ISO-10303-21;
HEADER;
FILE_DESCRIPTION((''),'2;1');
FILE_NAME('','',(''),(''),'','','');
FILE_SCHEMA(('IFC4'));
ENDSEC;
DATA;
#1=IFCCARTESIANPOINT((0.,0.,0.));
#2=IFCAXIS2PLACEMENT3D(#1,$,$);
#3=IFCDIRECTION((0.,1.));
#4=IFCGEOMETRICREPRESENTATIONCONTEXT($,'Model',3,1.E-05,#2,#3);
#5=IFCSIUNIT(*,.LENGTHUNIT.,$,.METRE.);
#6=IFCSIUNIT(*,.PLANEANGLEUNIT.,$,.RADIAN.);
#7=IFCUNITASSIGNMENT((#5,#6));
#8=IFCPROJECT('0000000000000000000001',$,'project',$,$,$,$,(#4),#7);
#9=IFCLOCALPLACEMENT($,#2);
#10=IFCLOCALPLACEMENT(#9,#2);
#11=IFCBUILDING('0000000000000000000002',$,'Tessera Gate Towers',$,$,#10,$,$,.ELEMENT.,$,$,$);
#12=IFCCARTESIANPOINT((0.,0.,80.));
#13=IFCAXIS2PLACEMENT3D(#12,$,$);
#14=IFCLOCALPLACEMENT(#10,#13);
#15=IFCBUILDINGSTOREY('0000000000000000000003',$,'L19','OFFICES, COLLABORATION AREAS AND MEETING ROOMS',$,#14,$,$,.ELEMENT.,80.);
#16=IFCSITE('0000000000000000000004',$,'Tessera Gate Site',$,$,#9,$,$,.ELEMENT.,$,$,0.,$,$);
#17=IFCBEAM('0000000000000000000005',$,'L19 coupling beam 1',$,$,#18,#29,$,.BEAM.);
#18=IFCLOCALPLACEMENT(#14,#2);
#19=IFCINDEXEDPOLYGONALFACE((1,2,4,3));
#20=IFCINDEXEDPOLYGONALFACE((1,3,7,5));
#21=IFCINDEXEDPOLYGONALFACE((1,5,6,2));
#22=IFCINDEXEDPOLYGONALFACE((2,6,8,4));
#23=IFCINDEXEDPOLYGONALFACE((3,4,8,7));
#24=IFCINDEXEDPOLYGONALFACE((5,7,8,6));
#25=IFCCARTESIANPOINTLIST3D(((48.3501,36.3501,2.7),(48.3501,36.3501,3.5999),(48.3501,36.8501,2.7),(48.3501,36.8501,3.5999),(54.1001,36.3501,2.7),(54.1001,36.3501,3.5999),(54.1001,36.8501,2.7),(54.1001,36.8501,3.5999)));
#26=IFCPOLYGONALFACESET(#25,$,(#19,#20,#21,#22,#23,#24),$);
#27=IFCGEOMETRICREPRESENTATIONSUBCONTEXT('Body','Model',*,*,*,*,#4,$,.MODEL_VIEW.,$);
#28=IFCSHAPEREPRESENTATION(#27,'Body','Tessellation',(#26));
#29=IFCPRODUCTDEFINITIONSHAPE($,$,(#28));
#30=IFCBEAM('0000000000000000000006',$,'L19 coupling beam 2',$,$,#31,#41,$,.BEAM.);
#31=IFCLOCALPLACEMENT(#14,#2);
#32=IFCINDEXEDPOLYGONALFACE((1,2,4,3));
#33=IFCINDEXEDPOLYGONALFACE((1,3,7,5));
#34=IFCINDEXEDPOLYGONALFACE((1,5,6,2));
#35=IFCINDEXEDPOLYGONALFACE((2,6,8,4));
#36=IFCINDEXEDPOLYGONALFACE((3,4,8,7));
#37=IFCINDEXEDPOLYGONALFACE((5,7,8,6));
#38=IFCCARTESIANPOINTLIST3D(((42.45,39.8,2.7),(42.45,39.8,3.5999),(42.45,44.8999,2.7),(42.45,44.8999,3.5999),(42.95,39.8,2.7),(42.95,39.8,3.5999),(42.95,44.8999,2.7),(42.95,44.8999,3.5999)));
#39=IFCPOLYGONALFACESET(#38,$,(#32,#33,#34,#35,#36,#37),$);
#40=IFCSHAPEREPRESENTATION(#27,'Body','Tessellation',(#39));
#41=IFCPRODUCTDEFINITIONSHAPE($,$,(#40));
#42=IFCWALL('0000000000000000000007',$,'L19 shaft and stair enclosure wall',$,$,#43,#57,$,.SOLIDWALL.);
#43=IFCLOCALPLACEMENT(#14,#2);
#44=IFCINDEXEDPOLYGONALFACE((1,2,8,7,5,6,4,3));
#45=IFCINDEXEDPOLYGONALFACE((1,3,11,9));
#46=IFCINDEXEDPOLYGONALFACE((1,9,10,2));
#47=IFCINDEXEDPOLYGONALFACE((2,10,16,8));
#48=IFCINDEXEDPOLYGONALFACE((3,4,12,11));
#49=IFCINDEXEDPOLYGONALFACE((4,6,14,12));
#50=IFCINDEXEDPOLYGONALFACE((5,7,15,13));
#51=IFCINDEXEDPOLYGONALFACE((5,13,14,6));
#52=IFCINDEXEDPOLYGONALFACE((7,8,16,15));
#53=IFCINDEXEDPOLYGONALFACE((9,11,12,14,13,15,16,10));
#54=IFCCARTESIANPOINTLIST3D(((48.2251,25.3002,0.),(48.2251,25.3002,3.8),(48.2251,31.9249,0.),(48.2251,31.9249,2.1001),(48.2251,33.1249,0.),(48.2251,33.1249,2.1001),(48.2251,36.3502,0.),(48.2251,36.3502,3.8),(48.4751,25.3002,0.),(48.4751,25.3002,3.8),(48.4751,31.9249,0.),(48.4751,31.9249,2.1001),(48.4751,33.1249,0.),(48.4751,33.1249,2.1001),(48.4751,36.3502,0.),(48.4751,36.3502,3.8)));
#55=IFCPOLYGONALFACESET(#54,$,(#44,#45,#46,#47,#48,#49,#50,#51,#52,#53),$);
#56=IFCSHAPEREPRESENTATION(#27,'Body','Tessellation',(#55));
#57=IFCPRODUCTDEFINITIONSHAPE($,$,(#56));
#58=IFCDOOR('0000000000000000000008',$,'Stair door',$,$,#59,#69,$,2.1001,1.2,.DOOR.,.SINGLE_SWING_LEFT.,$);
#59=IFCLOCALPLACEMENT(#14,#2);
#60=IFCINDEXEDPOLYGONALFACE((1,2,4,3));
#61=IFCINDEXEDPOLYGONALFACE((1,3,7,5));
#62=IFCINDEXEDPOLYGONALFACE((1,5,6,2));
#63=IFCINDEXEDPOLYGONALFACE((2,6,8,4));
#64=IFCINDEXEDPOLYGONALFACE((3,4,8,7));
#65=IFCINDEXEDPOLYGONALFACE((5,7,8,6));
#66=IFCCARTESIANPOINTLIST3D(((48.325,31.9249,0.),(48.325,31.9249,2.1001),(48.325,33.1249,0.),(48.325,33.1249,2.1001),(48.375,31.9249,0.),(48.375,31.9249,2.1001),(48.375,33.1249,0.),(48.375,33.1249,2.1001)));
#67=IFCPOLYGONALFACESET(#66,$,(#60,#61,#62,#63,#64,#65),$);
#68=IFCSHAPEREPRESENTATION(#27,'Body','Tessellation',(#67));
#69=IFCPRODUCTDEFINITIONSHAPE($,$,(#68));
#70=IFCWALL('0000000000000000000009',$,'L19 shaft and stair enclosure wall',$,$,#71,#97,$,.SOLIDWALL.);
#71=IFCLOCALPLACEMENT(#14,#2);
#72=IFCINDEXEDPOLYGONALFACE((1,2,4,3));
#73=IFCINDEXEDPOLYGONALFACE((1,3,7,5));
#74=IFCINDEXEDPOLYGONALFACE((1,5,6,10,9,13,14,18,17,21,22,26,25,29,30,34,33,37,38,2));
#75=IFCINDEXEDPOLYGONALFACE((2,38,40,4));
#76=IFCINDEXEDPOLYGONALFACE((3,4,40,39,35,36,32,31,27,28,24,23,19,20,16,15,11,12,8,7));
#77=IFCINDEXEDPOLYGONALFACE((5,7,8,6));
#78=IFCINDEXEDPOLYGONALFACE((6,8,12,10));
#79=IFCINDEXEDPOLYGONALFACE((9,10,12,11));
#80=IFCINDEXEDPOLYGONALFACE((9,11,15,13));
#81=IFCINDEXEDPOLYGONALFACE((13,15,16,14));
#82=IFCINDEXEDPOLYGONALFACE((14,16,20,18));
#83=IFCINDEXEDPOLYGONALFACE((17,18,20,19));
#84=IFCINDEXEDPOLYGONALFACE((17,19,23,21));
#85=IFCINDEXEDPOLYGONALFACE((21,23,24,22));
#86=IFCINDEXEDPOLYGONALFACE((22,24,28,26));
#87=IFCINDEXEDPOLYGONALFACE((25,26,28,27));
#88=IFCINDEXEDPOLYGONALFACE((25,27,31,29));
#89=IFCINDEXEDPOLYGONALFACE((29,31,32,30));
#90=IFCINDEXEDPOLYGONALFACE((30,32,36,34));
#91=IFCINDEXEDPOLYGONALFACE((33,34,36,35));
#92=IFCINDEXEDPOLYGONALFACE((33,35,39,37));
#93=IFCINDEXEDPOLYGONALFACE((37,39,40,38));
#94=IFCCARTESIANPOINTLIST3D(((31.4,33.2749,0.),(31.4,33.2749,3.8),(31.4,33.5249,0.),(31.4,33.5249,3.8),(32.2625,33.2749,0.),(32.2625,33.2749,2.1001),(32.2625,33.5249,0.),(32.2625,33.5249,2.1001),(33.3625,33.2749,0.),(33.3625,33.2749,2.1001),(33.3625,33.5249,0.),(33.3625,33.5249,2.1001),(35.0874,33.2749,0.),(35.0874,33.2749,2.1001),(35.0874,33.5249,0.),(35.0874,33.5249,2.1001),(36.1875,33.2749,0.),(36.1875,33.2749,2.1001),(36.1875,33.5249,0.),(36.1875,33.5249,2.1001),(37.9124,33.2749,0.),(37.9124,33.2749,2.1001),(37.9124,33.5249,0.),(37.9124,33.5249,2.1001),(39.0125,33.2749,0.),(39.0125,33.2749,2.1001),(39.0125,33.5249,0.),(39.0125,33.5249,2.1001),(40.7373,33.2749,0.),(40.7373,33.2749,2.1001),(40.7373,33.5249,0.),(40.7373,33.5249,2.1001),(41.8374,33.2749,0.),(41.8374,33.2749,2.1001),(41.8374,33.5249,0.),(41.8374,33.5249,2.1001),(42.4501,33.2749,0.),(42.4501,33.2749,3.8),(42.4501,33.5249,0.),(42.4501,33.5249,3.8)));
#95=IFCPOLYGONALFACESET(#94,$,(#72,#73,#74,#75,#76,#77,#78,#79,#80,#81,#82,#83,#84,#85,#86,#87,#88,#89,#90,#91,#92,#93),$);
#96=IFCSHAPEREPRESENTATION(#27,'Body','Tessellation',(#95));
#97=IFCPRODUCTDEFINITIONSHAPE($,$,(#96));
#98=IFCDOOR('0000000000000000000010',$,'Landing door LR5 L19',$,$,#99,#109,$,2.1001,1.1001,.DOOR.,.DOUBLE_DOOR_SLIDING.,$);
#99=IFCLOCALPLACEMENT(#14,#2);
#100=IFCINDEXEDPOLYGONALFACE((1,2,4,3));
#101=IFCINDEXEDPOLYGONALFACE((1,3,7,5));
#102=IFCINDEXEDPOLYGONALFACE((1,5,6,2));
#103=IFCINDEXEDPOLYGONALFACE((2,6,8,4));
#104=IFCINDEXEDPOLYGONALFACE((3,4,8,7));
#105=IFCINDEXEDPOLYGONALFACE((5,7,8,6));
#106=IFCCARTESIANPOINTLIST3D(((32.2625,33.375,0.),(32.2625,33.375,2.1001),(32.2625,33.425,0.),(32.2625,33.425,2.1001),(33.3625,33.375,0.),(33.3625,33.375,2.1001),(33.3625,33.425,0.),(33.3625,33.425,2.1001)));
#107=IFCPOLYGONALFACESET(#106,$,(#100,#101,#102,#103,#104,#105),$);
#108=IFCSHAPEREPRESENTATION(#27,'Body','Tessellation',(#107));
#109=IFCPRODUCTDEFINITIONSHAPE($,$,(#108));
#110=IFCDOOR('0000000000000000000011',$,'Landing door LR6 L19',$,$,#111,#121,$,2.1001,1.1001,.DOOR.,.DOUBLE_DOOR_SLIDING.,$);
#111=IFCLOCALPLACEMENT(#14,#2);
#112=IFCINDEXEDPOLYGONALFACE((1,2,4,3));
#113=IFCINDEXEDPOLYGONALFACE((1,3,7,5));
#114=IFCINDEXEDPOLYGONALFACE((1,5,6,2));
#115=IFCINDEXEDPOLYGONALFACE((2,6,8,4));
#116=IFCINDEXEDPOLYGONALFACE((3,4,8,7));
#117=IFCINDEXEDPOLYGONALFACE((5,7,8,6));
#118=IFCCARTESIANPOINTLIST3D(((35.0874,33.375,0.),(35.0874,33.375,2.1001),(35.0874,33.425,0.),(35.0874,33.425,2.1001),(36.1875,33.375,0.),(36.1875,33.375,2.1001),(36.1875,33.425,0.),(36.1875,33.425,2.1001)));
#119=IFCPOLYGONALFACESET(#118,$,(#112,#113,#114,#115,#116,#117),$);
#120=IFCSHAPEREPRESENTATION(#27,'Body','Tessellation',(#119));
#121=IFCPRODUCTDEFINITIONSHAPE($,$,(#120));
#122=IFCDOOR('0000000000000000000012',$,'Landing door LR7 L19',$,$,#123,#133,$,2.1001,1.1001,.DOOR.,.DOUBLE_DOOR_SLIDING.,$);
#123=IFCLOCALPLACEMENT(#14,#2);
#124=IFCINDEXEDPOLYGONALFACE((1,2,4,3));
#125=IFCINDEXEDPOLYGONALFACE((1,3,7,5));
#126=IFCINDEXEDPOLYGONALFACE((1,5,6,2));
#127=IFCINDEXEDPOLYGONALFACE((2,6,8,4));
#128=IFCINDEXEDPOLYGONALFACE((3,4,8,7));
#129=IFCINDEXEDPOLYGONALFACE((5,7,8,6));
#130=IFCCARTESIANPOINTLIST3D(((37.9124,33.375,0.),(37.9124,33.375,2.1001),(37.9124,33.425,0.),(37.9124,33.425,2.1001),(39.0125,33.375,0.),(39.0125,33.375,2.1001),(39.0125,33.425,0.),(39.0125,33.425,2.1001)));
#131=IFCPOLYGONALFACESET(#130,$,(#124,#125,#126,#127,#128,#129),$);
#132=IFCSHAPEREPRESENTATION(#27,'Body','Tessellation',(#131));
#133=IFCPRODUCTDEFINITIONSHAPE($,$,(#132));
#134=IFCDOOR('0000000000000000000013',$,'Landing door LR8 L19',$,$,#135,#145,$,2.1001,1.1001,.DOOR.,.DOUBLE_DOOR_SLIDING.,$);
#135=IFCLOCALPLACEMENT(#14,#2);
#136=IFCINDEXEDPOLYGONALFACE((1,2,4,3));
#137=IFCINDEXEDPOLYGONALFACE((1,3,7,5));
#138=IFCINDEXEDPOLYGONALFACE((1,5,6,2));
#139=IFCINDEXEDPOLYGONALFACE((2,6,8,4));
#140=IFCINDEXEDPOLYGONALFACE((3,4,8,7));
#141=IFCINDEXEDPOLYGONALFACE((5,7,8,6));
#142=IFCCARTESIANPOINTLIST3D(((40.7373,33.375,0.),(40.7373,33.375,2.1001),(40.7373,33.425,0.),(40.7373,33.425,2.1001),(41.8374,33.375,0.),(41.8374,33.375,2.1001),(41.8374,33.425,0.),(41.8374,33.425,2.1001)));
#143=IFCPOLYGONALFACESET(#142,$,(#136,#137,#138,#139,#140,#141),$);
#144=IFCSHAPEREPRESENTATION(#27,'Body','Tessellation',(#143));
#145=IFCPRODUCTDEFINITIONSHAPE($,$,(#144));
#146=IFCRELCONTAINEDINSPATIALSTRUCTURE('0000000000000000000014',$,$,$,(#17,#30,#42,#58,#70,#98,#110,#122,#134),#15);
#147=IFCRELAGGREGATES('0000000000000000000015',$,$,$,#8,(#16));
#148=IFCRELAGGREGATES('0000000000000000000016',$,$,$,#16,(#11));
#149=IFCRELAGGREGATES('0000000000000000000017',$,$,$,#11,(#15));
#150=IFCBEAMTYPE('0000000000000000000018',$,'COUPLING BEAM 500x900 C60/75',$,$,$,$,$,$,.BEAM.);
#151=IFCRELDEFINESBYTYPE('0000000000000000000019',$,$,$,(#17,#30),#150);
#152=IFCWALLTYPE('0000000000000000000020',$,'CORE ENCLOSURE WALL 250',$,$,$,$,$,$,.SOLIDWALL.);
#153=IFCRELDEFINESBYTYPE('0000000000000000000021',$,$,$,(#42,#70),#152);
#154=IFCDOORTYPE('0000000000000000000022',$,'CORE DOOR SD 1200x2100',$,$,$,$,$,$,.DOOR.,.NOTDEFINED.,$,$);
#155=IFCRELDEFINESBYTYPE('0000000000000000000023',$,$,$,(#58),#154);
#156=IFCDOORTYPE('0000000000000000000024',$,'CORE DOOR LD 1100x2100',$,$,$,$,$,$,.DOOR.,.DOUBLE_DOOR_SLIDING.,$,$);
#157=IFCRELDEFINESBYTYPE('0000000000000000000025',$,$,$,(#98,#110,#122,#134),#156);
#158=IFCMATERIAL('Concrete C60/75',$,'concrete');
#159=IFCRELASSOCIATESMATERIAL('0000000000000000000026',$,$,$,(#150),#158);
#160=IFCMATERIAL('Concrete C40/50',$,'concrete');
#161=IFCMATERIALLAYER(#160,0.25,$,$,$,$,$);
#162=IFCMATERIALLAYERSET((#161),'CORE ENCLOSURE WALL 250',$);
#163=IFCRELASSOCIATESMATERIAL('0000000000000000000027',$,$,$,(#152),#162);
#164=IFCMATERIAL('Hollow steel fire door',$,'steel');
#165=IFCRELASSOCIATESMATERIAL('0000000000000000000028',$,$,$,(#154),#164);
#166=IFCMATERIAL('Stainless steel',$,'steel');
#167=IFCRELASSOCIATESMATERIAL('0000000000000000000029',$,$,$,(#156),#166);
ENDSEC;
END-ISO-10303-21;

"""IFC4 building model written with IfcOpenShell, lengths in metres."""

from ifc_helpers import new_model, si_unit, direction, frame, frame_2d, origin, origin_2d, place, context, subcontext, project, spatial, rectangle, extrude, source, transform, mapped, material, layer, layer_set, material_profile, profile_set, type_object, element, fill, save


model = new_model("IFC4")

# Units and contexts
model_context = context("Model", 3, precision=1e-05, world=origin(), true_north=direction((0.0, 1.0)))
body_context = subcontext(model_context, "Body", "Model", "MODEL_VIEW")
ifc_project = project(units=[si_unit("LENGTHUNIT", "METRE"), si_unit("PLANEANGLEUNIT", "RADIAN")], contexts=[model_context])

# Site, building, storey
site_placement = place(None, origin())
site = spatial("IfcSite", under=ifc_project, at=site_placement, Name="Tessera Gate Site", CompositionType="ELEMENT", RefElevation=0.0)
building_placement = place(site_placement, origin())
building = spatial("IfcBuilding", under=site, at=building_placement, Name="Tessera Gate Towers", CompositionType="ELEMENT")
storey_placement = place(building_placement, frame((0.0, 0.0, 80.0)))
storey = spatial("IfcBuildingStorey", under=building, at=storey_placement, Name="L19", Description="OFFICES, COLLABORATION AREAS AND MEETING ROOMS", CompositionType="ELEMENT", Elevation=80.0)

# Beams
ifc_material_1 = material(Name="Concrete C60/75", Category="concrete")
ifc_material_profile = material_profile(ifc_material_1, rectangle(XDim=0.5, YDim=0.8999, at=origin_2d()), Name="RC 500x900")
ifc_profile_set = profile_set([ifc_material_profile], Name="Concrete C60/75")
beam_type = type_object("IfcBeamType", Name="COUPLING BEAM 500x900 C60/75", PredefinedType="BEAM", material=ifc_profile_set)
beam_1_placement = place(storey_placement, frame((48.3501, 36.6001, 3.1499), z_axis=(1.0, 0.0, 0.0), x_axis=(0.0, 1.0, 0.0)))
element("IfcBeam", 1, at=beam_1_placement, inside=storey, type_object=beam_type, Name="L19 coupling beam 1", PredefinedType="BEAM", context=body_context, shape_type="SweptSolid", body=[
    extrude(rectangle(XDim=0.5, YDim=0.8999, at=origin_2d()), origin(), (0.0, 0.0, 1.0), 5.75),
])
beam_2_placement = place(storey_placement, frame((42.7, 39.8, 3.1499), z_axis=(0.0, 1.0, 0.0), x_axis=(-1.0, 0.0, 0.0)))
element("IfcBeam", 2, at=beam_2_placement, inside=storey, type_object=beam_type, Name="L19 coupling beam 2", PredefinedType="BEAM", context=body_context, shape_type="SweptSolid", body=[
    extrude(rectangle(XDim=0.5, YDim=0.8999, at=origin_2d()), origin(), (0.0, 0.0, 1.0), 5.0999),
])

# Wall, opening, door
ifc_material_2 = material(Name="Concrete C40/50", Category="concrete")
ifc_layer_1 = layer(ifc_material_2, 0.25)
ifc_layer_set_1 = layer_set([ifc_layer_1], Name="CORE ENCLOSURE WALL 250")
wall_type_1 = type_object("IfcWallType", Name="CORE ENCLOSURE WALL 250", PredefinedType="SOLIDWALL", material=ifc_layer_set_1)
wall_1_placement = place(storey_placement, frame((48.3501, 36.3501, 0.0), z_axis=(0.0, 0.0, 1.0), x_axis=(0.0, -1.0, 0.0)))
wall_1 = element("IfcWall", 3, at=wall_1_placement, inside=storey, type_object=wall_type_1, Name="L19 shaft and stair enclosure wall", PredefinedType="SOLIDWALL", context=body_context, shape_type="SweptSolid", body=[
    extrude(rectangle(XDim=11.05, YDim=0.25, at=frame_2d((5.5249, 0.0))), origin(), (0.0, 0.0, 1.0), 3.8),
])
shared_shape_1 = source(origin(), body_context, "Body", "SweptSolid", [
    extrude(rectangle(XDim=1.2, YDim=2.1001, at=frame_2d((0.6001, 1.05))), frame((0.0, 0.135, 0.0), z_axis=(0.0, -1.0, 0.0), x_axis=(1.0, 0.0, 0.0)), (0.0, 0.0, 1.0), 0.27),
])
opening_1_placement = place(wall_1_placement, frame((3.2251, 0.0, 0.0)))
opening_1 = element("IfcOpeningElement", 4, at=opening_1_placement, cuts=wall_1, PredefinedType="OPENING", context=body_context, shape_type="MappedRepresentation", body=[
    mapped(shared_shape_1, transform((0.0, 0.0, 0.0), scale=1.0)),
])
ifc_material_3 = material(Name="Hollow steel fire door", Category="steel")
door_type_1 = type_object("IfcDoorType", Name="CORE DOOR SD 1200x2100", OperationType="NOTDEFINED", PredefinedType="DOOR", material=ifc_material_3)
shared_shape_2 = source(origin(), body_context, "Body", "SweptSolid", [
    extrude(rectangle(XDim=1.2, YDim=2.1001, at=frame_2d((0.6001, 1.05))), frame((0.0, 0.0249, 0.0), z_axis=(0.0, -1.0, 0.0), x_axis=(1.0, 0.0, 0.0)), (0.0, 0.0, 1.0), 0.05),
])
door_1_placement = place(opening_1_placement, origin())
door_1 = element("IfcDoor", 5, at=door_1_placement, inside=storey, type_object=door_type_1, Name="Stair door", OperationType="SINGLE_SWING_LEFT", OverallHeight=2.1001, OverallWidth=1.2, PredefinedType="DOOR", context=body_context, shape_type="MappedRepresentation", body=[
    mapped(shared_shape_2, transform((0.0, 0.0, 0.0), scale=1.0)),
])
fill(opening_1, door_1)

# Wall, openings, doors
wall_2_placement = place(storey_placement, frame((42.45, 33.3999, 0.0), z_axis=(0.0, 0.0, 1.0), x_axis=(-1.0, 0.0, 0.0)))
wall_2 = element("IfcWall", 6, at=wall_2_placement, inside=storey, type_object=wall_type_1, Name="L19 shaft and stair enclosure wall", PredefinedType="SOLIDWALL", context=body_context, shape_type="SweptSolid", body=[
    extrude(rectangle(XDim=11.05, YDim=0.25, at=frame_2d((5.5249, 0.0))), origin(), (0.0, 0.0, 1.0), 3.8),
])
shared_shape_3 = source(origin(), body_context, "Body", "SweptSolid", [
    extrude(rectangle(XDim=1.1001, YDim=2.1001, at=frame_2d((0.55, 1.05))), frame((0.0, 0.135, 0.0), z_axis=(0.0, -1.0, 0.0), x_axis=(1.0, 0.0, 0.0)), (0.0, 0.0, 1.0), 0.27),
])
opening_2_placement = place(wall_2_placement, frame((9.0874, 0.0, 0.0)))
opening_2 = element("IfcOpeningElement", 7, at=opening_2_placement, cuts=wall_2, PredefinedType="OPENING", context=body_context, shape_type="MappedRepresentation", body=[
    mapped(shared_shape_3, transform((0.0, 0.0, 0.0), scale=1.0)),
])
opening_3_placement = place(wall_2_placement, frame((6.2625, 0.0, 0.0)))
opening_3 = element("IfcOpeningElement", 8, at=opening_3_placement, cuts=wall_2, PredefinedType="OPENING", context=body_context, shape_type="MappedRepresentation", body=[
    mapped(shared_shape_3, transform((0.0, 0.0, 0.0), scale=1.0)),
])
opening_4_placement = place(wall_2_placement, frame((3.4375, 0.0, 0.0)))
opening_4 = element("IfcOpeningElement", 9, at=opening_4_placement, cuts=wall_2, PredefinedType="OPENING", context=body_context, shape_type="MappedRepresentation", body=[
    mapped(shared_shape_3, transform((0.0, 0.0, 0.0), scale=1.0)),
])
opening_5_placement = place(wall_2_placement, frame((0.6125, 0.0, 0.0)))
opening_5 = element("IfcOpeningElement", 10, at=opening_5_placement, cuts=wall_2, PredefinedType="OPENING", context=body_context, shape_type="MappedRepresentation", body=[
    mapped(shared_shape_3, transform((0.0, 0.0, 0.0), scale=1.0)),
])
ifc_material_4 = material(Name="Stainless steel", Category="steel")
door_type_2 = type_object("IfcDoorType", Name="CORE DOOR LD 1100x2100", OperationType="DOUBLE_DOOR_SLIDING", PredefinedType="DOOR", material=ifc_material_4)
shared_shape_4 = source(origin(), body_context, "Body", "SweptSolid", [
    extrude(rectangle(XDim=1.1001, YDim=2.1001, at=frame_2d((0.55, 1.05))), frame((0.0, 0.0249, 0.0), z_axis=(0.0, -1.0, 0.0), x_axis=(1.0, 0.0, 0.0)), (0.0, 0.0, 1.0), 0.05),
])
door_2_placement = place(opening_2_placement, origin())
door_2 = element("IfcDoor", 11, at=door_2_placement, inside=storey, type_object=door_type_2, Name="Landing door LR5 L19", OperationType="DOUBLE_DOOR_SLIDING", OverallHeight=2.1001, OverallWidth=1.1001, PredefinedType="DOOR", context=body_context, shape_type="MappedRepresentation", body=[
    mapped(shared_shape_4, transform((0.0, 0.0, 0.0), scale=1.0)),
])
fill(opening_2, door_2)
door_3_placement = place(opening_3_placement, origin())
door_3 = element("IfcDoor", 12, at=door_3_placement, inside=storey, type_object=door_type_2, Name="Landing door LR6 L19", OperationType="DOUBLE_DOOR_SLIDING", OverallHeight=2.1001, OverallWidth=1.1001, PredefinedType="DOOR", context=body_context, shape_type="MappedRepresentation", body=[
    mapped(shared_shape_4, transform((0.0, 0.0, 0.0), scale=1.0)),
])
fill(opening_3, door_3)
door_4_placement = place(opening_4_placement, origin())
door_4 = element("IfcDoor", 13, at=door_4_placement, inside=storey, type_object=door_type_2, Name="Landing door LR7 L19", OperationType="DOUBLE_DOOR_SLIDING", OverallHeight=2.1001, OverallWidth=1.1001, PredefinedType="DOOR", context=body_context, shape_type="MappedRepresentation", body=[
    mapped(shared_shape_4, transform((0.0, 0.0, 0.0), scale=1.0)),
])
fill(opening_4, door_4)
door_5_placement = place(opening_5_placement, origin())
door_5 = element("IfcDoor", 14, at=door_5_placement, inside=storey, type_object=door_type_2, Name="Landing door LR8 L19", OperationType="DOUBLE_DOOR_SLIDING", OverallHeight=2.1001, OverallWidth=1.1001, PredefinedType="DOOR", context=body_context, shape_type="MappedRepresentation", body=[
    mapped(shared_shape_4, transform((0.0, 0.0, 0.0), scale=1.0)),
])
fill(opening_5, door_5)

save(model, "model.ifc")
